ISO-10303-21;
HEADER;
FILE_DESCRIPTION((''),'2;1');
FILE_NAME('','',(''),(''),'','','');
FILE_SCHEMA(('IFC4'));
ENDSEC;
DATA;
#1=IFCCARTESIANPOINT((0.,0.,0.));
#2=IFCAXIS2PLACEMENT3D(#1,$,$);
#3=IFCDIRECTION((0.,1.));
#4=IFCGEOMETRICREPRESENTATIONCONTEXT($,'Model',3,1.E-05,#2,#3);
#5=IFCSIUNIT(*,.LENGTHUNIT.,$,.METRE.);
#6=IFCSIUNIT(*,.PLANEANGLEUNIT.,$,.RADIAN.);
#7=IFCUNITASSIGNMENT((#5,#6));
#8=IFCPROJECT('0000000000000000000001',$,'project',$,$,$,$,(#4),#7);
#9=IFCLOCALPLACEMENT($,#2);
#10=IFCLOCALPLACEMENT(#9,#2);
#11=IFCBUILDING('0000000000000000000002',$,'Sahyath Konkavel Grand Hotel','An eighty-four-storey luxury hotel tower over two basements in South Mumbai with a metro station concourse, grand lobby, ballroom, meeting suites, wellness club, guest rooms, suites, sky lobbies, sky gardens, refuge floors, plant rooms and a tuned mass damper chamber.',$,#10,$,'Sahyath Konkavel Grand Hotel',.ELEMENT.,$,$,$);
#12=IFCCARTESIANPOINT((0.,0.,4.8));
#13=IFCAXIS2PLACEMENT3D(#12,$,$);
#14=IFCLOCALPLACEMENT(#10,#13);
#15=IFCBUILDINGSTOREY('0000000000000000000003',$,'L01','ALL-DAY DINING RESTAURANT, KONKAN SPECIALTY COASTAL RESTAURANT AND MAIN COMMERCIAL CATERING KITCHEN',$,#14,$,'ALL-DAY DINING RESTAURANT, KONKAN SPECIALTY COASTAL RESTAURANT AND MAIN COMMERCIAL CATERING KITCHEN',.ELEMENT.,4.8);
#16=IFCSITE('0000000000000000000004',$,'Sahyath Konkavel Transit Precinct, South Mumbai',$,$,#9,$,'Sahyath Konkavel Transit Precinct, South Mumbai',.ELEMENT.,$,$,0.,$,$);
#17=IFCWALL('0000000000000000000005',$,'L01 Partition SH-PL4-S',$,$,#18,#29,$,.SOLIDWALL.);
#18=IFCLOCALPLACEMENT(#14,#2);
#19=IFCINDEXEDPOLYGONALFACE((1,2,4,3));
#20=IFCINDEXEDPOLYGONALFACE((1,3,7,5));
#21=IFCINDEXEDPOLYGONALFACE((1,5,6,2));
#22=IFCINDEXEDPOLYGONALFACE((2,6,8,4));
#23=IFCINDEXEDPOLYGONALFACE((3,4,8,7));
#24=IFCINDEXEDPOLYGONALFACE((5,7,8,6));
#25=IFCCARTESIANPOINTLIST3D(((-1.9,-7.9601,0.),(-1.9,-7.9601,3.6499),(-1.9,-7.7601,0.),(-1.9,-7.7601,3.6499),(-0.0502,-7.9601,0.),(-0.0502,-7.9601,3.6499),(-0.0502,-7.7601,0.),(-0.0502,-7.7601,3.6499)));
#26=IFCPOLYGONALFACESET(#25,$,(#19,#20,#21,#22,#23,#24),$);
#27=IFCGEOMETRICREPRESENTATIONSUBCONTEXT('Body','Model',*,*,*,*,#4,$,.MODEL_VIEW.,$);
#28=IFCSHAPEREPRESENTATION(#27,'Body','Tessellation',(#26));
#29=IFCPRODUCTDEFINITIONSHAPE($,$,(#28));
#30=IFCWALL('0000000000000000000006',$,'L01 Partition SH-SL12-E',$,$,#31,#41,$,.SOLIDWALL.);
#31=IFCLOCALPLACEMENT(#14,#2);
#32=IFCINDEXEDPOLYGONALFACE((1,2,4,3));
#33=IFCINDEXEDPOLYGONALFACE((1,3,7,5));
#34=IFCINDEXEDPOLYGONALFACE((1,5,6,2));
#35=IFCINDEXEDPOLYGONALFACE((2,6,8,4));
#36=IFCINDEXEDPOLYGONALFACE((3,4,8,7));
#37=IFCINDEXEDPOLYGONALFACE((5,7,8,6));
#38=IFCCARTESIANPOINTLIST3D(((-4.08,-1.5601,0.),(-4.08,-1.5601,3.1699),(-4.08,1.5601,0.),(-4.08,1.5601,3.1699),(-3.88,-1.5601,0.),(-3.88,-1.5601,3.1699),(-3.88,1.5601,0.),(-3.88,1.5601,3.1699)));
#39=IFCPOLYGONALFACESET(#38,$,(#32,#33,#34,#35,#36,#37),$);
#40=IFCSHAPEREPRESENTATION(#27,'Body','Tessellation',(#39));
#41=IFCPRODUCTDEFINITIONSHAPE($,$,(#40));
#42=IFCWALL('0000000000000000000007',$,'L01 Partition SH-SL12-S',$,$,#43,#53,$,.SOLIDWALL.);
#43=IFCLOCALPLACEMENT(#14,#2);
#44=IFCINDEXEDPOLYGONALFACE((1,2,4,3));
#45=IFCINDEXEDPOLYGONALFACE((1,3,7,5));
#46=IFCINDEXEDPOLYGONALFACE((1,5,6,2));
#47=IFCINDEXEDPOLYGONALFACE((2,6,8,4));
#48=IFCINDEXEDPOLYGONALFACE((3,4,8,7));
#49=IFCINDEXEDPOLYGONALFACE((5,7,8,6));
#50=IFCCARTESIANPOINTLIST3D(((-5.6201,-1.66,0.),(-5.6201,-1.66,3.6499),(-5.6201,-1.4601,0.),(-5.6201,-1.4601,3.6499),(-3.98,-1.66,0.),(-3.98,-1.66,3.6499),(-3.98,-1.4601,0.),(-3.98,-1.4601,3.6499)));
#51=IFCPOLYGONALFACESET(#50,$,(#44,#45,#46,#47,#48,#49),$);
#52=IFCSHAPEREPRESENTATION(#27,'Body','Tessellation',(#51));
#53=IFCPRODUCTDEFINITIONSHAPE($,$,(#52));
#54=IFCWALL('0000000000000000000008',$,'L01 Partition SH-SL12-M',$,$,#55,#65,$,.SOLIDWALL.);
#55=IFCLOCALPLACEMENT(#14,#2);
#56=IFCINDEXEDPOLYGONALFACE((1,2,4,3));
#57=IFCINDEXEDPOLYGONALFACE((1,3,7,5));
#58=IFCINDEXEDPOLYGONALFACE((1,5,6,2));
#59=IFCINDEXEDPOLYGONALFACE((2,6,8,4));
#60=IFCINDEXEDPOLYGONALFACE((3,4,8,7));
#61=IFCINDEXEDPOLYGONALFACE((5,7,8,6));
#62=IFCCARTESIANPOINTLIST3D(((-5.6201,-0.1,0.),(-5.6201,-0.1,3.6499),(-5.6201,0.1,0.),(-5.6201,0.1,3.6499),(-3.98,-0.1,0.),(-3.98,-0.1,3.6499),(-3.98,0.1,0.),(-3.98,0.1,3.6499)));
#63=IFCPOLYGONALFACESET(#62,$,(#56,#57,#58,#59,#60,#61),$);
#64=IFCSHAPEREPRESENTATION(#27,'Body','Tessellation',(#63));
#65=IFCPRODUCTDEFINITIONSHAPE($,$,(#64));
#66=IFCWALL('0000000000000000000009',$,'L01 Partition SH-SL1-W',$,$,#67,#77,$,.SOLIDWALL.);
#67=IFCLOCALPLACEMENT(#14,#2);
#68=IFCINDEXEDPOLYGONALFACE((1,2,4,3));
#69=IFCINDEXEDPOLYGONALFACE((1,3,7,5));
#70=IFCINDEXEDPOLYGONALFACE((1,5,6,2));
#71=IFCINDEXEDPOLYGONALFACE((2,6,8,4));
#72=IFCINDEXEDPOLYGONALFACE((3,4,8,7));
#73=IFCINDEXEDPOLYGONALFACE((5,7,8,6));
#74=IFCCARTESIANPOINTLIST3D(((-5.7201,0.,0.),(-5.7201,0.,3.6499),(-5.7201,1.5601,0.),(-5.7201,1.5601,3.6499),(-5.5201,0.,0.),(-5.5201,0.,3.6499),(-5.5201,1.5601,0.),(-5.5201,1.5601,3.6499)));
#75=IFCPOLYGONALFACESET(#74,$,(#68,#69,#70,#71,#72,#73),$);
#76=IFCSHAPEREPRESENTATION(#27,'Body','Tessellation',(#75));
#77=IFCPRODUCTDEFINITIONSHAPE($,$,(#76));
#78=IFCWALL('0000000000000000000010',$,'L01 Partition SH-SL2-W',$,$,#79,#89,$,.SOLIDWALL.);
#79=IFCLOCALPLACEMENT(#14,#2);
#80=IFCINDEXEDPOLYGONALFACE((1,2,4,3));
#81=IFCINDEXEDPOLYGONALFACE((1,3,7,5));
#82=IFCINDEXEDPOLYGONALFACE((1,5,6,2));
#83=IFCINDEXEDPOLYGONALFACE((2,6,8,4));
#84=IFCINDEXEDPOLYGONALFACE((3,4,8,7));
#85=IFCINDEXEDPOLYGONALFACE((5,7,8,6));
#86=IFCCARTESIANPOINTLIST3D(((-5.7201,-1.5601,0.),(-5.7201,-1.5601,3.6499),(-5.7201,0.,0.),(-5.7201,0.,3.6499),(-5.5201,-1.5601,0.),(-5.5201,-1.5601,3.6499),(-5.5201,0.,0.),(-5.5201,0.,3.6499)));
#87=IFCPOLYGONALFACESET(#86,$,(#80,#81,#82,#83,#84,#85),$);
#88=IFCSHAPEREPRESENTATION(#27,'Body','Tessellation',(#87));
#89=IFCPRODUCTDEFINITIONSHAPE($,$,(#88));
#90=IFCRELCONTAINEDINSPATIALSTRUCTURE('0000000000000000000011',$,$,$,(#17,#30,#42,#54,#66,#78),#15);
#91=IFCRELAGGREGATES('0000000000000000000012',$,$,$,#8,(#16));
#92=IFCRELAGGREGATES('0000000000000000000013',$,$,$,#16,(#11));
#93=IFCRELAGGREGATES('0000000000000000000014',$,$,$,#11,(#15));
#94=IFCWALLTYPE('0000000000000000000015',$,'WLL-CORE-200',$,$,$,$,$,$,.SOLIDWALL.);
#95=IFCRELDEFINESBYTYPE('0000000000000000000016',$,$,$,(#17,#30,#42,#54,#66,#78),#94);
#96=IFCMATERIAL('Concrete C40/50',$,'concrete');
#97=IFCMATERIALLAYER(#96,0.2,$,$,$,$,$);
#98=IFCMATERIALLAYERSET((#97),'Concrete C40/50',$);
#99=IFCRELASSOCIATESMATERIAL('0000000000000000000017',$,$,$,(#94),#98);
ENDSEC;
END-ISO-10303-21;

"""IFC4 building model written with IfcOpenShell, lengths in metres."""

from ifc_helpers import new_model, si_unit, direction, frame, frame_2d, origin, place, context, subcontext, project, spatial, rectangle, extrude, material, layer, layer_set, type_object, element, save


model = new_model("IFC4")

# Units and contexts
model_context = context("Model", 3, precision=1e-05, world=origin(), true_north=direction((0.0, 1.0)))
body_context = subcontext(model_context, "Body", "Model", "MODEL_VIEW")
ifc_project = project(units=[si_unit("LENGTHUNIT", "METRE"), si_unit("PLANEANGLEUNIT", "RADIAN")], contexts=[model_context])

# Site, building, storey
site_placement = place(None, origin())
site = spatial("IfcSite", under=ifc_project, at=site_placement, Name="Sahyath Konkavel Transit Precinct, South Mumbai", LongName="Sahyath Konkavel Transit Precinct, South Mumbai", CompositionType="ELEMENT", RefElevation=0.0)
building_placement = place(site_placement, origin())
building = spatial("IfcBuilding", under=site, at=building_placement, Name="Sahyath Konkavel Grand Hotel", Description="An eighty-four-storey luxury hotel tower over two basements in South Mumbai with a metro station concourse, grand lobby, ballroom, meeting suites, wellness club, guest rooms, suites, sky lobbies, sky gardens, refuge floors, plant rooms and a tuned mass damper chamber.", LongName="Sahyath Konkavel Grand Hotel", CompositionType="ELEMENT")
storey_placement = place(building_placement, frame((0.0, 0.0, 4.8)))
storey = spatial("IfcBuildingStorey", under=building, at=storey_placement, Name="L01", Description="ALL-DAY DINING RESTAURANT, KONKAN SPECIALTY COASTAL RESTAURANT AND MAIN COMMERCIAL CATERING KITCHEN", LongName="ALL-DAY DINING RESTAURANT, KONKAN SPECIALTY COASTAL RESTAURANT AND MAIN COMMERCIAL CATERING KITCHEN", CompositionType="ELEMENT", Elevation=4.8)

# Shared definitions
ifc_material_1 = material(Name="Concrete C40/50", Category="concrete")
ifc_layer = layer(ifc_material_1, 0.2)
ifc_layer_set = layer_set([ifc_layer], Name="Concrete C40/50")
wall_type = type_object("IfcWallType", Name="WLL-CORE-200", PredefinedType="SOLIDWALL", material=ifc_layer_set)

# Walls
wall_1_placement = place(storey_placement, frame((-1.8999, -7.8601, 0.0), z_axis=(0.0, 0.0, 1.0), x_axis=(1.0, 0.0, 0.0)))
element("IfcWall", 1, at=wall_1_placement, inside=storey, type_object=wall_type, Name="L01 Partition SH-PL4-S", PredefinedType="SOLIDWALL", context=body_context, shape_type="SweptSolid", body=[
    extrude(rectangle(XDim=1.8499, YDim=0.2, at=frame_2d((0.9248, 0.0))), origin(), (0.0, 0.0, 1.0), 3.6499),
])
wall_2_placement = place(storey_placement, frame((-3.98, -1.5601, 0.0), z_axis=(0.0, 0.0, 1.0), x_axis=(0.0, 1.0, 0.0)))
element("IfcWall", 2, at=wall_2_placement, inside=storey, type_object=wall_type, Name="L01 Partition SH-SL12-E", PredefinedType="SOLIDWALL", context=body_context, shape_type="SweptSolid", body=[
    extrude(rectangle(XDim=3.1201, YDim=0.2, at=frame_2d((1.5601, 0.0))), origin(), (0.0, 0.0, 1.0), 3.1699),
])
for number, where, z_axis, x_axis, name in (
    (3, (-5.6201, -1.5601, 0.0), (0.0, 0.0, 1.0), (1.0, 0.0, 0.0), "L01 Partition SH-SL12-S"),
    (4, (-5.6201, 0.0, 0.0), (0.0, 0.0, 1.0), (1.0, 0.0, 0.0), "L01 Partition SH-SL12-M"),
):
    element("IfcWall", number, at=place(storey_placement, frame(where, z_axis=z_axis, x_axis=x_axis)), inside=storey, type_object=wall_type, Name=name, PredefinedType="SOLIDWALL", context=body_context, shape_type="SweptSolid", body=[
        extrude(rectangle(XDim=1.6401, YDim=0.2, at=frame_2d((0.8201, 0.0))), origin(), (0.0, 0.0, 1.0), 3.6499),
    ])
for number, where, z_axis, x_axis, name in (
    (5, (-5.6201, 0.0, 0.0), (0.0, 0.0, 1.0), (0.0, 1.0, 0.0), "L01 Partition SH-SL1-W"),
    (6, (-5.6201, -1.5601, 0.0), (0.0, 0.0, 1.0), (0.0, 1.0, 0.0), "L01 Partition SH-SL2-W"),
):
    element("IfcWall", number, at=place(storey_placement, frame(where, z_axis=z_axis, x_axis=x_axis)), inside=storey, type_object=wall_type, Name=name, PredefinedType="SOLIDWALL", context=body_context, shape_type="SweptSolid", body=[
        extrude(rectangle(XDim=1.5601, YDim=0.2, at=frame_2d((0.78, 0.0))), origin(), (0.0, 0.0, 1.0), 3.6499),
    ])

save(model, "model.ifc")
